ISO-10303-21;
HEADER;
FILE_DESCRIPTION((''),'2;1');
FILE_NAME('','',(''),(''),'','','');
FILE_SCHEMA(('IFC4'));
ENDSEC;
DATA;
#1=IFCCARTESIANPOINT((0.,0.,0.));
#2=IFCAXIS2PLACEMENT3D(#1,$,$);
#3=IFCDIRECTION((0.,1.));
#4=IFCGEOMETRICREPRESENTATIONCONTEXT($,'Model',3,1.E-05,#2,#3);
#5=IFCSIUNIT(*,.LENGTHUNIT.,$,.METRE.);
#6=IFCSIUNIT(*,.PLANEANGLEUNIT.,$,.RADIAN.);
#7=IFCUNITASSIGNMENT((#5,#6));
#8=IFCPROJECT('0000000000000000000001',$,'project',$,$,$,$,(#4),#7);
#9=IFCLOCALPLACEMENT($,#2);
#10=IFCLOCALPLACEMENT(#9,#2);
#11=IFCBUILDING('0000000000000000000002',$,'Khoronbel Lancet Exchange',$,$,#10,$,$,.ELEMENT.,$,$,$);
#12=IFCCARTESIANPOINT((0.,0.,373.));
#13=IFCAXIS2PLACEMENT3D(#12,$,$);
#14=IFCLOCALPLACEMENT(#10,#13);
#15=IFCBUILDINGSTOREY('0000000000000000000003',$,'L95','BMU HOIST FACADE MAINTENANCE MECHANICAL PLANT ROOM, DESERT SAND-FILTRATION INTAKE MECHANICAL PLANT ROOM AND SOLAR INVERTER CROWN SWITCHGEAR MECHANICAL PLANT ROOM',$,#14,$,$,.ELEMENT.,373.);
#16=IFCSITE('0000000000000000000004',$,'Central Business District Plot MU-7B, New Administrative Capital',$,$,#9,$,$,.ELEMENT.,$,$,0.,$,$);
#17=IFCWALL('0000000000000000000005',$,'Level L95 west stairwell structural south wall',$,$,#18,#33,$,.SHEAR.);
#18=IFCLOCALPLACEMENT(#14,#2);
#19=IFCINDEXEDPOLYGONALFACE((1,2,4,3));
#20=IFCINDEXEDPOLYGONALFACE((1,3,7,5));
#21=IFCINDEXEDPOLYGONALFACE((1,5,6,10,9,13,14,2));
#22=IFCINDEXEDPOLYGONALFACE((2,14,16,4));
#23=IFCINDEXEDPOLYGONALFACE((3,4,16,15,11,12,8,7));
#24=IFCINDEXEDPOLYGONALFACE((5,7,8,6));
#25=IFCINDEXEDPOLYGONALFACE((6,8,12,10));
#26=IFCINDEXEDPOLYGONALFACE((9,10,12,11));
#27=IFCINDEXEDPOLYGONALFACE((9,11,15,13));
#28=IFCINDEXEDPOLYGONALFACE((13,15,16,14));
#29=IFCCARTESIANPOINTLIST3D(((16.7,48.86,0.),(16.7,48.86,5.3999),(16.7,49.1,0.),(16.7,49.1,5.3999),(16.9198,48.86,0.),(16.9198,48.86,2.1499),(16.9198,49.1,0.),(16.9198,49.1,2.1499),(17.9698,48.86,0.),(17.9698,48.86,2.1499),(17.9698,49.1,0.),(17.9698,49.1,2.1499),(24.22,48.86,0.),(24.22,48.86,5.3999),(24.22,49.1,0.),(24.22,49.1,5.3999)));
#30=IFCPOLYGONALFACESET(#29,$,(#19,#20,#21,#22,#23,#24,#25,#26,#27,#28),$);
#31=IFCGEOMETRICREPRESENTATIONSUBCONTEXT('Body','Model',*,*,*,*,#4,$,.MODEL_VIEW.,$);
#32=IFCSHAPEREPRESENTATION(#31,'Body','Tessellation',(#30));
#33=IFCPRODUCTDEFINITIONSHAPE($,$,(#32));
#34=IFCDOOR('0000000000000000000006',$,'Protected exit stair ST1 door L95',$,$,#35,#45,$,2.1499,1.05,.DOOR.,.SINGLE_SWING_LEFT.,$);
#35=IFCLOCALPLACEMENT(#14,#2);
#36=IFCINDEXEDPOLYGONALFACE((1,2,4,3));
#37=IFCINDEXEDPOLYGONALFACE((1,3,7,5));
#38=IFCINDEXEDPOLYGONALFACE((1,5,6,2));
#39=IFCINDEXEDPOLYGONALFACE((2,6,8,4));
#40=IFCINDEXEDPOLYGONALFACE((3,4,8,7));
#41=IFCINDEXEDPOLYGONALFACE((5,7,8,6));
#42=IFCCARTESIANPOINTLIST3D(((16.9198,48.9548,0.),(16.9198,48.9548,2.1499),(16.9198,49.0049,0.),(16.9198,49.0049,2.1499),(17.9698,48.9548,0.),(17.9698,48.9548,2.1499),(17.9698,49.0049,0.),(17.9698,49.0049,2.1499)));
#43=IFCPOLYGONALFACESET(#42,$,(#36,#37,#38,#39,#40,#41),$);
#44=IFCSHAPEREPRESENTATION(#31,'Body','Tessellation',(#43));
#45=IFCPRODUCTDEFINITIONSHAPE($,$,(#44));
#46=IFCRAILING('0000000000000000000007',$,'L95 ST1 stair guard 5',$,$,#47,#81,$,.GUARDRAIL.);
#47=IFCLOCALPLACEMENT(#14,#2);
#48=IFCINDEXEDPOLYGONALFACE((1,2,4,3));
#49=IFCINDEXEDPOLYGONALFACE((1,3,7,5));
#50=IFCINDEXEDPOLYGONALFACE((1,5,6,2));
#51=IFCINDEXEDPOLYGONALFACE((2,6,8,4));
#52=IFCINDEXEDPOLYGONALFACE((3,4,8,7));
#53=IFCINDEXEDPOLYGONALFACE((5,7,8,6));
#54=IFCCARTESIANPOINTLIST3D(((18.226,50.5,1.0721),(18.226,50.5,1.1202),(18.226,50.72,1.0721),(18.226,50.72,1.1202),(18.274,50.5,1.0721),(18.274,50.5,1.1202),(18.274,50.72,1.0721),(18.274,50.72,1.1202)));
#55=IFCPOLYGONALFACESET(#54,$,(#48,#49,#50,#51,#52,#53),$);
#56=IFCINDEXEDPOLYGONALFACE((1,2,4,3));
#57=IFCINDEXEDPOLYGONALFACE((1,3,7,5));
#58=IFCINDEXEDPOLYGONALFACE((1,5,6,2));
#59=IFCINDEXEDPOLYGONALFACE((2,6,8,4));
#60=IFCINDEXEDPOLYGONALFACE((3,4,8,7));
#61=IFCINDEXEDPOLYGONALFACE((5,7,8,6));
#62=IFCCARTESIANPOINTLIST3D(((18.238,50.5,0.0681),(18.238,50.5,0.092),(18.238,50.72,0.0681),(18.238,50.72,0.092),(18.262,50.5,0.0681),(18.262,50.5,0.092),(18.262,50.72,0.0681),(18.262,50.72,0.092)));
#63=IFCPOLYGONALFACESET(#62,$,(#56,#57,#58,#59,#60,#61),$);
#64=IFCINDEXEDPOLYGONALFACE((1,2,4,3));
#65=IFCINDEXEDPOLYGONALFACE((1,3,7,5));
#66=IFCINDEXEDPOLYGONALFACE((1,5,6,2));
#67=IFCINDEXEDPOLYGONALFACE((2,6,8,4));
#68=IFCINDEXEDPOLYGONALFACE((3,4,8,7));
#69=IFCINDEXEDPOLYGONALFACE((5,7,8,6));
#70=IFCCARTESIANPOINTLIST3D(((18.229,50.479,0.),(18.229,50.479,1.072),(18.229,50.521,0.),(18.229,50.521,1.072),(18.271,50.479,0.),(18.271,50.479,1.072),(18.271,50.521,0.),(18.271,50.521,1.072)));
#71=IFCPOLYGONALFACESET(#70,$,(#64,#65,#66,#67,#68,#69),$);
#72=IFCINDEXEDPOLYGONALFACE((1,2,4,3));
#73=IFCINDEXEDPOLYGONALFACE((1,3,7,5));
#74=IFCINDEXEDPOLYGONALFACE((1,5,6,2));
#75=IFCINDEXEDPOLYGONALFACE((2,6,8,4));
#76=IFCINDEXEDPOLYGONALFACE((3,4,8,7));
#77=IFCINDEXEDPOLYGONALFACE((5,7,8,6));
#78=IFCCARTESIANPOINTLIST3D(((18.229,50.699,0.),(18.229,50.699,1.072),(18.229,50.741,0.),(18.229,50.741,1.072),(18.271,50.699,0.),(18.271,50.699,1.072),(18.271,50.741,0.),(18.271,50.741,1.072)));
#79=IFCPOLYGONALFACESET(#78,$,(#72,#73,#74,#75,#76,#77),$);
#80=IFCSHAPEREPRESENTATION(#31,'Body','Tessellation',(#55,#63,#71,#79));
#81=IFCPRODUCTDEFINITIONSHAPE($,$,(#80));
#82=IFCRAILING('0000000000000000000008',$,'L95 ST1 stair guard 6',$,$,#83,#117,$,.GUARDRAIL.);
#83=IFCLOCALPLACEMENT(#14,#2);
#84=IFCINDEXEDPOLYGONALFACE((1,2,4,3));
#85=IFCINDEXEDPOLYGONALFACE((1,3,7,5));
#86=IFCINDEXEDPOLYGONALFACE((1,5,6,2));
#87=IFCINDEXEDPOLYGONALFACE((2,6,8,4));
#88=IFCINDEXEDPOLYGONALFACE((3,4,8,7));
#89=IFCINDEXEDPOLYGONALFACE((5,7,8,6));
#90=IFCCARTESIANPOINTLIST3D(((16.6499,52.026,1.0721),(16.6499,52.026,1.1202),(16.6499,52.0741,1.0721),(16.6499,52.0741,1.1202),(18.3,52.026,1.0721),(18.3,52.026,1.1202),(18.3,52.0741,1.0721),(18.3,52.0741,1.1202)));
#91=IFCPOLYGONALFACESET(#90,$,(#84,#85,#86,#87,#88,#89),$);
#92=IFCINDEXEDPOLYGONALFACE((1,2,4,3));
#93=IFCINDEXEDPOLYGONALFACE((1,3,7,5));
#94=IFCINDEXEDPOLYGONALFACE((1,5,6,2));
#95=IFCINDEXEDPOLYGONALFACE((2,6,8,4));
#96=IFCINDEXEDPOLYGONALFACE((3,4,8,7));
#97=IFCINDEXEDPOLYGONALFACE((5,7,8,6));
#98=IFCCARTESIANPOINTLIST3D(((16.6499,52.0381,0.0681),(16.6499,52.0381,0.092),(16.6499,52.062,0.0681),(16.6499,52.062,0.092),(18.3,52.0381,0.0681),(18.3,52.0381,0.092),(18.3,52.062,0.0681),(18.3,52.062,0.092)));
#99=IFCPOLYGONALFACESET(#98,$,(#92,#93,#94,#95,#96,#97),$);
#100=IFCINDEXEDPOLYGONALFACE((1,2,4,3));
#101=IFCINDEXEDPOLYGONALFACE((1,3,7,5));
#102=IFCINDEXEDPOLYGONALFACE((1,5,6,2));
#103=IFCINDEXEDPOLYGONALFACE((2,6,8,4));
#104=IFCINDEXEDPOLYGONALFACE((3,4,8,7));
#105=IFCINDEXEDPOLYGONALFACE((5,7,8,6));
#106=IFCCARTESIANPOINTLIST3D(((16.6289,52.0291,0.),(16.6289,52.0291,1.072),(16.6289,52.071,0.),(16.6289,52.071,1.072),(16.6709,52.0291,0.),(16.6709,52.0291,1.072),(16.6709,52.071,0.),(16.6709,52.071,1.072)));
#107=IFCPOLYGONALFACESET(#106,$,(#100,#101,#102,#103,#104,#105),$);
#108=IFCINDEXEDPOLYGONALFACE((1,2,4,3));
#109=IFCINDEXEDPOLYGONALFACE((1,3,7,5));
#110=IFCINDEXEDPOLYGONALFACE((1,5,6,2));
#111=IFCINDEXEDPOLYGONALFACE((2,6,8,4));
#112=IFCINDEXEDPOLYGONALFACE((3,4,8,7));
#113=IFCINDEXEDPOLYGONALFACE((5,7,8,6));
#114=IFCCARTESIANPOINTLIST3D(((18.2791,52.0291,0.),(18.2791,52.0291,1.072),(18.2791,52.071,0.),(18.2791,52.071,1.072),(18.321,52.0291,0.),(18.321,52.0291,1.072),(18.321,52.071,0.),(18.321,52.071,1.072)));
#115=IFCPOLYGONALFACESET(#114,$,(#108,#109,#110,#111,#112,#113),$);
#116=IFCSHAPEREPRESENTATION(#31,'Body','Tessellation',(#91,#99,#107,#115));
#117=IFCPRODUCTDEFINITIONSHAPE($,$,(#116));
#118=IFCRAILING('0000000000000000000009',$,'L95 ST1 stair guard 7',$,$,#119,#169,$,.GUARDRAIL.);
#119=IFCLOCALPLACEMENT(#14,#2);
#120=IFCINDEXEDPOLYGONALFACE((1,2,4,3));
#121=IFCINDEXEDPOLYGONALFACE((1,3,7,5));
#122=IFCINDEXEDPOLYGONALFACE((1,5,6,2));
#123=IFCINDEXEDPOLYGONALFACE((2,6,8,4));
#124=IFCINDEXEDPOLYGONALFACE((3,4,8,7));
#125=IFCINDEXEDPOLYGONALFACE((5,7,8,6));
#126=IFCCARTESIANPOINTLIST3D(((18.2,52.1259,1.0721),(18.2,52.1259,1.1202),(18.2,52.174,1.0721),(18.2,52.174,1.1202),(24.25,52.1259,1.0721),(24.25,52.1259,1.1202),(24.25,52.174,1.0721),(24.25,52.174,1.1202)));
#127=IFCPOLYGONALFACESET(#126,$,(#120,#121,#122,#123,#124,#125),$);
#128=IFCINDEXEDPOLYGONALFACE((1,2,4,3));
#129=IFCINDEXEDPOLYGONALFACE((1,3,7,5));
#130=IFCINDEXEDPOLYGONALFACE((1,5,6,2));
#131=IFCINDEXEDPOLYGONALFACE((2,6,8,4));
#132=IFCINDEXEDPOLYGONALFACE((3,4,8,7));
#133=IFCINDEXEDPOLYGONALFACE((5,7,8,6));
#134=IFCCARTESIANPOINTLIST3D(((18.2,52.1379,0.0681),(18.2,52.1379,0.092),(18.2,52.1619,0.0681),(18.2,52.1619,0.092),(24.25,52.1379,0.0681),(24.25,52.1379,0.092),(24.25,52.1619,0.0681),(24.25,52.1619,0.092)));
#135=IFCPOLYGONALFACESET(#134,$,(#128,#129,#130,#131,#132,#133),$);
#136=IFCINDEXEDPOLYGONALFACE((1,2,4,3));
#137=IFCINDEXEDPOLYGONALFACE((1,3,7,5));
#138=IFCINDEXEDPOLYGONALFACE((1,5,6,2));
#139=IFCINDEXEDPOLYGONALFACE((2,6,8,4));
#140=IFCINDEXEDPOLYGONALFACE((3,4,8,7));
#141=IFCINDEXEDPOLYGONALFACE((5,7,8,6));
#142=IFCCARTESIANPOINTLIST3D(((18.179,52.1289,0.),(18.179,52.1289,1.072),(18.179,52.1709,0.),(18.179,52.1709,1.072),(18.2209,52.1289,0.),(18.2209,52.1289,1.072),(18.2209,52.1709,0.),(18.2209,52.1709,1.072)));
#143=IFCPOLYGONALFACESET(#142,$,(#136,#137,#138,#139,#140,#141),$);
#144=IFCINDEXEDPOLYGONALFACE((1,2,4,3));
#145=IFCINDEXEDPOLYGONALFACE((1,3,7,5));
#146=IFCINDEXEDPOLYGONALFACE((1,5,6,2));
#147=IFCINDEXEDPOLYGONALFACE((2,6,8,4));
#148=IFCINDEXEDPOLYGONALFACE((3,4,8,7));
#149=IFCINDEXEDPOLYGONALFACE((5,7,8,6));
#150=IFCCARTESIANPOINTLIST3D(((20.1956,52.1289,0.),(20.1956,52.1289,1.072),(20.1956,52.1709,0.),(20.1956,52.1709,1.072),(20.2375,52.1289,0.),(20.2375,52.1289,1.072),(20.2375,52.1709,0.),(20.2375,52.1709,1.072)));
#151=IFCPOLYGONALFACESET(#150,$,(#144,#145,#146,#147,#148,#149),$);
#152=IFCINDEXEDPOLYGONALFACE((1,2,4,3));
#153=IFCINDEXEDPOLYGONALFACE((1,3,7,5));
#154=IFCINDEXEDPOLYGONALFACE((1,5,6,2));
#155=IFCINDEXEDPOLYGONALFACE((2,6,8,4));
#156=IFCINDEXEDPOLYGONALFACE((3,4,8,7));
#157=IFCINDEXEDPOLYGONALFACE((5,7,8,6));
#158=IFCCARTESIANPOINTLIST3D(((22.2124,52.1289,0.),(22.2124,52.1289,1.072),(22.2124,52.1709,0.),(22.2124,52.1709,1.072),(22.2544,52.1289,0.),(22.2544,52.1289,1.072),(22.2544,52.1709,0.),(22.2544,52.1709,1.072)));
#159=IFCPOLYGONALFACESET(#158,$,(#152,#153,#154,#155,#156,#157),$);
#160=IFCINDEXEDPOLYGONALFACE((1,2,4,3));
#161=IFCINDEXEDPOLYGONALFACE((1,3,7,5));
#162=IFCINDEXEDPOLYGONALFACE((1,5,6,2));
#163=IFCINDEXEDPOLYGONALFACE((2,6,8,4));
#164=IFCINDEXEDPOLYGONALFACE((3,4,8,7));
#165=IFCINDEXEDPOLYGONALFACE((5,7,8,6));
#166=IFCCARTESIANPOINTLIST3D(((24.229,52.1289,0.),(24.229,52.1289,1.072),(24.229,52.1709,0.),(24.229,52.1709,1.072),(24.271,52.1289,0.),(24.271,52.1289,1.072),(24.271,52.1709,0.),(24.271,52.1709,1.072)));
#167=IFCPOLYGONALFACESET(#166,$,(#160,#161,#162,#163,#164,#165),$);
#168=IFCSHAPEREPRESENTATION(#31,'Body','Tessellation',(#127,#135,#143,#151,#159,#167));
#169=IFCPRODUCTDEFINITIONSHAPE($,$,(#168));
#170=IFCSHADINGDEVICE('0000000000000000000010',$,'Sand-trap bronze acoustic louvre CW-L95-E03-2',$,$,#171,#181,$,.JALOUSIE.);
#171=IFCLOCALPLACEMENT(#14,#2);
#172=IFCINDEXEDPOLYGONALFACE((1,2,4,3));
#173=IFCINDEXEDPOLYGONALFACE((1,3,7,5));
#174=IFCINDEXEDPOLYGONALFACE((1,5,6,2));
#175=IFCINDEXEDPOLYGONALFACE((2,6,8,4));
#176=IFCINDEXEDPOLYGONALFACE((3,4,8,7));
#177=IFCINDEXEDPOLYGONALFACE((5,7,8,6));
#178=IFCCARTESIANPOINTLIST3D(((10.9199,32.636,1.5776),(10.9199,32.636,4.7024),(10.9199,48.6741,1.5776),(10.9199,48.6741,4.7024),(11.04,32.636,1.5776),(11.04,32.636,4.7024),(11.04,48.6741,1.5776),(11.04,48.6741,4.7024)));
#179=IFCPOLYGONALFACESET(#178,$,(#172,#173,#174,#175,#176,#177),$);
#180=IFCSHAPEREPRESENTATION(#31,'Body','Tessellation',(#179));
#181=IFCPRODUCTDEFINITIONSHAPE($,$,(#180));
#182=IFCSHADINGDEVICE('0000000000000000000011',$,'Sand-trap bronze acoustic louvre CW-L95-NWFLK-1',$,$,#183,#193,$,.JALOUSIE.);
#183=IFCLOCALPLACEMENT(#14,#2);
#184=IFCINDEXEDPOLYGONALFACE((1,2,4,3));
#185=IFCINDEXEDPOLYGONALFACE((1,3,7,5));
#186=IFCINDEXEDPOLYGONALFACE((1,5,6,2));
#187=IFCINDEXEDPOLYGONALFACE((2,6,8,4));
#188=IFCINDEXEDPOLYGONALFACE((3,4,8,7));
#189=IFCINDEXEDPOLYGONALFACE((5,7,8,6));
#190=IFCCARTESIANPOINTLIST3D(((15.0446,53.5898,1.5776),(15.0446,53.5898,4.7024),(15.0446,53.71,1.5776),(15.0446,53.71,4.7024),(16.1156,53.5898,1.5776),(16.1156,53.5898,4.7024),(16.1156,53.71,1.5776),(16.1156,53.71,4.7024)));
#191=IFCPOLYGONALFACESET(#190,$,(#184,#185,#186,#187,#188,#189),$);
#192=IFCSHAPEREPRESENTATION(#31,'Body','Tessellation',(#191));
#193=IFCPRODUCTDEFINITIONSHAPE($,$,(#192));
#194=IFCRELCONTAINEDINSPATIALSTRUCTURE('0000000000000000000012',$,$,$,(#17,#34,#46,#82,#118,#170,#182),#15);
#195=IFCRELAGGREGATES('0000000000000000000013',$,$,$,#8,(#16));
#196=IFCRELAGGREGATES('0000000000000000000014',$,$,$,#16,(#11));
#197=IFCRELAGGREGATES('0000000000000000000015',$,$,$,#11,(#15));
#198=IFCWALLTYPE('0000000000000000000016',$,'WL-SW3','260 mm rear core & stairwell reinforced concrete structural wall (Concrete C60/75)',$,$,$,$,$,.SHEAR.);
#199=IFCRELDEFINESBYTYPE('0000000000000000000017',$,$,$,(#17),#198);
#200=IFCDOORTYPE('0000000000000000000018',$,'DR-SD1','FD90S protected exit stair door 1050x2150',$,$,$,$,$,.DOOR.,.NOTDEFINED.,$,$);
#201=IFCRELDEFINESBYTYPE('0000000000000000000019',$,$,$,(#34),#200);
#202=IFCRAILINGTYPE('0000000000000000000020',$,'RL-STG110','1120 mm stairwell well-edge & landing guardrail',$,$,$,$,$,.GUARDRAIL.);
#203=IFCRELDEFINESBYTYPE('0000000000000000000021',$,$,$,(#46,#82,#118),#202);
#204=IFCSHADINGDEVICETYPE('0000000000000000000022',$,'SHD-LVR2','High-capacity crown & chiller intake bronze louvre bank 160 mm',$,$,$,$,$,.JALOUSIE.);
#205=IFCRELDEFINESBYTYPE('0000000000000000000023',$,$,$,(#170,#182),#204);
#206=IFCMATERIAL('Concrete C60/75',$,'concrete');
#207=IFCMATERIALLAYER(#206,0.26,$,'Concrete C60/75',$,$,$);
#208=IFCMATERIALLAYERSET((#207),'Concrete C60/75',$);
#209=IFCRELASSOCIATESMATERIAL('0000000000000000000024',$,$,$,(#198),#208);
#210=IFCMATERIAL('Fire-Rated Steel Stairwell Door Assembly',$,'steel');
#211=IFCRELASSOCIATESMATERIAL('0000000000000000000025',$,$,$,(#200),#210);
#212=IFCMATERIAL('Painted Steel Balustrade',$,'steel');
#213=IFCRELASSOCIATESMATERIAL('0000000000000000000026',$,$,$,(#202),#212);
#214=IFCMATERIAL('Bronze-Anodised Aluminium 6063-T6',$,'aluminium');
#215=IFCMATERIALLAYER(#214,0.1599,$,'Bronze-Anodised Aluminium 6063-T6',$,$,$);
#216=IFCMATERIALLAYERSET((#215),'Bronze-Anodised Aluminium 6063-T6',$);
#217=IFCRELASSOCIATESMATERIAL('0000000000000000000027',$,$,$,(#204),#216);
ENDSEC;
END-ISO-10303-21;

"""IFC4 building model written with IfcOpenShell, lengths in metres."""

from ifc_helpers import new_model, si_unit, direction, frame, frame_2d, origin, origin_2d, place, context, subcontext, project, spatial, rectangle, extrude, material, layer, layer_set, type_object, element, fill, save


model = new_model("IFC4")

# Units and contexts
model_context = context("Model", 3, precision=1e-05, world=origin(), true_north=direction((0.0, 1.0)))
body_context = subcontext(model_context, "Body", "Model", "MODEL_VIEW")
ifc_project = project(units=[si_unit("LENGTHUNIT", "METRE"), si_unit("PLANEANGLEUNIT", "RADIAN")], contexts=[model_context])

# Site, building, storey
site_placement = place(None, origin())
site = spatial("IfcSite", under=ifc_project, at=site_placement, Name="Central Business District Plot MU-7B, New Administrative Capital", CompositionType="ELEMENT", RefElevation=0.0)
building_placement = place(site_placement, origin())
building = spatial("IfcBuilding", under=site, at=building_placement, Name="Khoronbel Lancet Exchange", CompositionType="ELEMENT")
storey_placement = place(building_placement, frame((0.0, 0.0, 373.0)))
storey = spatial("IfcBuildingStorey", under=building, at=storey_placement, Name="L95", Description="BMU HOIST FACADE MAINTENANCE MECHANICAL PLANT ROOM, DESERT SAND-FILTRATION INTAKE MECHANICAL PLANT ROOM AND SOLAR INVERTER CROWN SWITCHGEAR MECHANICAL PLANT ROOM", CompositionType="ELEMENT", Elevation=373.0)

# Shared definitions
ifc_material_1 = material(Name="Bronze-Anodised Aluminium 6063-T6", Category="aluminium")

# Shared definitions
ifc_material_2 = material(Name="Concrete C60/75", Category="concrete")

# Wall, opening, door
ifc_layer_1 = layer(ifc_material_2, 0.26, Name="Concrete C60/75")
ifc_layer_set_1 = layer_set([ifc_layer_1], Name="Concrete C60/75")
wall_type_1 = type_object("IfcWallType", Name="WL-SW3", Description="260 mm rear core & stairwell reinforced concrete structural wall (Concrete C60/75)", PredefinedType="SHEAR", material=ifc_layer_set_1)
wall_1_placement = place(storey_placement, frame((16.7, 48.98, 0.0), z_axis=(0.0, 0.0, 1.0), x_axis=(1.0, 0.0, 0.0)))
wall_1 = element("IfcWall", 1, at=wall_1_placement, inside=storey, type_object=wall_type_1, Name="Level L95 west stairwell structural south wall", PredefinedType="SHEAR", context=body_context, shape_type="SweptSolid", body=[
    extrude(rectangle(XDim=7.52, YDim=0.24, at=frame_2d((3.76, 0.0))), origin(), (0.0, 0.0, 1.0), 5.3999),
])
opening_1_placement = place(wall_1_placement, frame((0.22, 0.0, 0.0)))
opening_1 = element("IfcOpeningElement", 2, at=opening_1_placement, cuts=wall_1, PredefinedType="OPENING", context=body_context, shape_type="SweptSolid", body=[
    extrude(rectangle(XDim=1.05, YDim=2.1499, at=frame_2d((0.5249, 1.075))), frame((0.0, 0.1299, 0.0), z_axis=(0.0, -1.0, 0.0), x_axis=(1.0, 0.0, 0.0)), (0.0, 0.0, 1.0), 0.26),
])
ifc_material_3 = material(Name="Fire-Rated Steel Stairwell Door Assembly", Category="steel")
door_type_1 = type_object("IfcDoorType", Name="DR-SD1", Description="FD90S protected exit stair door 1050x2150", OperationType="NOTDEFINED", PredefinedType="DOOR", material=ifc_material_3)
door_1_placement = place(opening_1_placement, origin())
door_1 = element("IfcDoor", 3, at=door_1_placement, inside=storey, type_object=door_type_1, Name="Protected exit stair ST1 door L95", OperationType="SINGLE_SWING_LEFT", OverallHeight=2.1499, OverallWidth=1.05, PredefinedType="DOOR", context=body_context, shape_type="SweptSolid", body=[
    extrude(rectangle(XDim=1.05, YDim=2.1499, at=frame_2d((0.5249, 1.075))), frame((0.0, 0.0249, 0.0), z_axis=(0.0, -1.0, 0.0), x_axis=(1.0, 0.0, 0.0)), (0.0, 0.0, 1.0), 0.05),
])
fill(opening_1, door_1)

# Railings
ifc_material_4 = material(Name="Painted Steel Balustrade", Category="steel")
railing_type = type_object("IfcRailingType", Name="RL-STG110", Description="1120 mm stairwell well-edge & landing guardrail", PredefinedType="GUARDRAIL", material=ifc_material_4)
railing_1_placement = place(storey_placement, frame((18.25, 50.5, 0.0)))
element("IfcRailing", 4, at=railing_1_placement, inside=storey, type_object=railing_type, Name="L95 ST1 stair guard 5", PredefinedType="GUARDRAIL", context=body_context, shape_type="SweptSolid", body=[
    extrude(rectangle(XDim=0.0481, YDim=0.0481, at=origin_2d()), frame((0.0, 0.0, 1.0962), z_axis=(0.0, 1.0, 0.0), x_axis=(-1.0, 0.0, 0.0)), (0.0, 0.0, 1.0), 0.22),
    extrude(rectangle(XDim=0.0239, YDim=0.0239, at=origin_2d()), frame((0.0, 0.0, 0.0801), z_axis=(0.0, 1.0, 0.0), x_axis=(-1.0, 0.0, 0.0)), (0.0, 0.0, 1.0), 0.22),
    extrude(rectangle(XDim=0.042, YDim=0.042, at=origin_2d()), origin(), (0.0, 0.0, 1.0), 1.072),
    extrude(rectangle(XDim=0.042, YDim=0.042, at=origin_2d()), frame((0.0, 0.22, 0.0)), (0.0, 0.0, 1.0), 1.072),
])
railing_2_placement = place(storey_placement, frame((16.6499, 52.05, 0.0)))
element("IfcRailing", 5, at=railing_2_placement, inside=storey, type_object=railing_type, Name="L95 ST1 stair guard 6", PredefinedType="GUARDRAIL", context=body_context, shape_type="SweptSolid", body=[
    extrude(rectangle(XDim=0.0481, YDim=0.0481, at=origin_2d()), frame((0.0, 0.0, 1.0962), z_axis=(1.0, 0.0, 0.0), x_axis=(0.0, 1.0, 0.0)), (0.0, 0.0, 1.0), 1.6501),
    extrude(rectangle(XDim=0.0239, YDim=0.0239, at=origin_2d()), frame((0.0, 0.0, 0.0801), z_axis=(1.0, 0.0, 0.0), x_axis=(0.0, 1.0, 0.0)), (0.0, 0.0, 1.0), 1.6501),
    extrude(rectangle(XDim=0.042, YDim=0.042, at=origin_2d()), origin(), (0.0, 0.0, 1.0), 1.072),
    extrude(rectangle(XDim=0.042, YDim=0.042, at=origin_2d()), frame((1.6501, 0.0, 0.0)), (0.0, 0.0, 1.0), 1.072),
])
railing_3_placement = place(storey_placement, frame((18.2, 52.1499, 0.0)))
element("IfcRailing", 6, at=railing_3_placement, inside=storey, type_object=railing_type, Name="L95 ST1 stair guard 7", PredefinedType="GUARDRAIL", context=body_context, shape_type="SweptSolid", body=[
    extrude(rectangle(XDim=0.0481, YDim=0.0481, at=origin_2d()), frame((0.0, 0.0, 1.0962), z_axis=(1.0, 0.0, 0.0), x_axis=(0.0, 1.0, 0.0)), (0.0, 0.0, 1.0), 6.05),
    extrude(rectangle(XDim=0.0239, YDim=0.0239, at=origin_2d()), frame((0.0, 0.0, 0.0801), z_axis=(1.0, 0.0, 0.0), x_axis=(0.0, 1.0, 0.0)), (0.0, 0.0, 1.0), 6.05),
    extrude(rectangle(XDim=0.042, YDim=0.042, at=origin_2d()), origin(), (0.0, 0.0, 1.0), 1.072),
    extrude(rectangle(XDim=0.042, YDim=0.042, at=origin_2d()), frame((2.0166, 0.0, 0.0)), (0.0, 0.0, 1.0), 1.072),
    extrude(rectangle(XDim=0.042, YDim=0.042, at=origin_2d()), frame((4.0334, 0.0, 0.0)), (0.0, 0.0, 1.0), 1.072),
    extrude(rectangle(XDim=0.042, YDim=0.042, at=origin_2d()), frame((6.05, 0.0, 0.0)), (0.0, 0.0, 1.0), 1.072),
])

# Shading devices
ifc_layer_2 = layer(ifc_material_1, 0.1599, Name="Bronze-Anodised Aluminium 6063-T6")
ifc_layer_set_2 = layer_set([ifc_layer_2], Name="Bronze-Anodised Aluminium 6063-T6")
shading_device_type = type_object("IfcShadingDeviceType", Name="SHD-LVR2", Description="High-capacity crown & chiller intake bronze louvre bank 160 mm", PredefinedType="JALOUSIE", material=ifc_layer_set_2)
shading_device_1_placement = place(storey_placement, frame((10.98, 40.655, 1.5776), z_axis=(0.0, 0.0, 1.0), x_axis=(0.0, 1.0, 0.0)))
element("IfcShadingDevice", 7, at=shading_device_1_placement, inside=storey, type_object=shading_device_type, Name="Sand-trap bronze acoustic louvre CW-L95-E03-2", PredefinedType="JALOUSIE", context=body_context, shape_type="SweptSolid", body=[
    extrude(rectangle(XDim=16.0381, YDim=0.1201, at=origin_2d()), origin(), (0.0, 0.0, 1.0), 3.1248),
])
shading_device_2_placement = place(storey_placement, frame((15.5801, 53.6499, 1.5776), z_axis=(0.0, 0.0, 1.0), x_axis=(-1.0, 0.0, 0.0)))
element("IfcShadingDevice", 8, at=shading_device_2_placement, inside=storey, type_object=shading_device_type, Name="Sand-trap bronze acoustic louvre CW-L95-NWFLK-1", PredefinedType="JALOUSIE", context=body_context, shape_type="SweptSolid", body=[
    extrude(rectangle(XDim=1.071, YDim=0.1201, at=origin_2d()), origin(), (0.0, 0.0, 1.0), 3.1248),
])

save(model, "model.ifc")
